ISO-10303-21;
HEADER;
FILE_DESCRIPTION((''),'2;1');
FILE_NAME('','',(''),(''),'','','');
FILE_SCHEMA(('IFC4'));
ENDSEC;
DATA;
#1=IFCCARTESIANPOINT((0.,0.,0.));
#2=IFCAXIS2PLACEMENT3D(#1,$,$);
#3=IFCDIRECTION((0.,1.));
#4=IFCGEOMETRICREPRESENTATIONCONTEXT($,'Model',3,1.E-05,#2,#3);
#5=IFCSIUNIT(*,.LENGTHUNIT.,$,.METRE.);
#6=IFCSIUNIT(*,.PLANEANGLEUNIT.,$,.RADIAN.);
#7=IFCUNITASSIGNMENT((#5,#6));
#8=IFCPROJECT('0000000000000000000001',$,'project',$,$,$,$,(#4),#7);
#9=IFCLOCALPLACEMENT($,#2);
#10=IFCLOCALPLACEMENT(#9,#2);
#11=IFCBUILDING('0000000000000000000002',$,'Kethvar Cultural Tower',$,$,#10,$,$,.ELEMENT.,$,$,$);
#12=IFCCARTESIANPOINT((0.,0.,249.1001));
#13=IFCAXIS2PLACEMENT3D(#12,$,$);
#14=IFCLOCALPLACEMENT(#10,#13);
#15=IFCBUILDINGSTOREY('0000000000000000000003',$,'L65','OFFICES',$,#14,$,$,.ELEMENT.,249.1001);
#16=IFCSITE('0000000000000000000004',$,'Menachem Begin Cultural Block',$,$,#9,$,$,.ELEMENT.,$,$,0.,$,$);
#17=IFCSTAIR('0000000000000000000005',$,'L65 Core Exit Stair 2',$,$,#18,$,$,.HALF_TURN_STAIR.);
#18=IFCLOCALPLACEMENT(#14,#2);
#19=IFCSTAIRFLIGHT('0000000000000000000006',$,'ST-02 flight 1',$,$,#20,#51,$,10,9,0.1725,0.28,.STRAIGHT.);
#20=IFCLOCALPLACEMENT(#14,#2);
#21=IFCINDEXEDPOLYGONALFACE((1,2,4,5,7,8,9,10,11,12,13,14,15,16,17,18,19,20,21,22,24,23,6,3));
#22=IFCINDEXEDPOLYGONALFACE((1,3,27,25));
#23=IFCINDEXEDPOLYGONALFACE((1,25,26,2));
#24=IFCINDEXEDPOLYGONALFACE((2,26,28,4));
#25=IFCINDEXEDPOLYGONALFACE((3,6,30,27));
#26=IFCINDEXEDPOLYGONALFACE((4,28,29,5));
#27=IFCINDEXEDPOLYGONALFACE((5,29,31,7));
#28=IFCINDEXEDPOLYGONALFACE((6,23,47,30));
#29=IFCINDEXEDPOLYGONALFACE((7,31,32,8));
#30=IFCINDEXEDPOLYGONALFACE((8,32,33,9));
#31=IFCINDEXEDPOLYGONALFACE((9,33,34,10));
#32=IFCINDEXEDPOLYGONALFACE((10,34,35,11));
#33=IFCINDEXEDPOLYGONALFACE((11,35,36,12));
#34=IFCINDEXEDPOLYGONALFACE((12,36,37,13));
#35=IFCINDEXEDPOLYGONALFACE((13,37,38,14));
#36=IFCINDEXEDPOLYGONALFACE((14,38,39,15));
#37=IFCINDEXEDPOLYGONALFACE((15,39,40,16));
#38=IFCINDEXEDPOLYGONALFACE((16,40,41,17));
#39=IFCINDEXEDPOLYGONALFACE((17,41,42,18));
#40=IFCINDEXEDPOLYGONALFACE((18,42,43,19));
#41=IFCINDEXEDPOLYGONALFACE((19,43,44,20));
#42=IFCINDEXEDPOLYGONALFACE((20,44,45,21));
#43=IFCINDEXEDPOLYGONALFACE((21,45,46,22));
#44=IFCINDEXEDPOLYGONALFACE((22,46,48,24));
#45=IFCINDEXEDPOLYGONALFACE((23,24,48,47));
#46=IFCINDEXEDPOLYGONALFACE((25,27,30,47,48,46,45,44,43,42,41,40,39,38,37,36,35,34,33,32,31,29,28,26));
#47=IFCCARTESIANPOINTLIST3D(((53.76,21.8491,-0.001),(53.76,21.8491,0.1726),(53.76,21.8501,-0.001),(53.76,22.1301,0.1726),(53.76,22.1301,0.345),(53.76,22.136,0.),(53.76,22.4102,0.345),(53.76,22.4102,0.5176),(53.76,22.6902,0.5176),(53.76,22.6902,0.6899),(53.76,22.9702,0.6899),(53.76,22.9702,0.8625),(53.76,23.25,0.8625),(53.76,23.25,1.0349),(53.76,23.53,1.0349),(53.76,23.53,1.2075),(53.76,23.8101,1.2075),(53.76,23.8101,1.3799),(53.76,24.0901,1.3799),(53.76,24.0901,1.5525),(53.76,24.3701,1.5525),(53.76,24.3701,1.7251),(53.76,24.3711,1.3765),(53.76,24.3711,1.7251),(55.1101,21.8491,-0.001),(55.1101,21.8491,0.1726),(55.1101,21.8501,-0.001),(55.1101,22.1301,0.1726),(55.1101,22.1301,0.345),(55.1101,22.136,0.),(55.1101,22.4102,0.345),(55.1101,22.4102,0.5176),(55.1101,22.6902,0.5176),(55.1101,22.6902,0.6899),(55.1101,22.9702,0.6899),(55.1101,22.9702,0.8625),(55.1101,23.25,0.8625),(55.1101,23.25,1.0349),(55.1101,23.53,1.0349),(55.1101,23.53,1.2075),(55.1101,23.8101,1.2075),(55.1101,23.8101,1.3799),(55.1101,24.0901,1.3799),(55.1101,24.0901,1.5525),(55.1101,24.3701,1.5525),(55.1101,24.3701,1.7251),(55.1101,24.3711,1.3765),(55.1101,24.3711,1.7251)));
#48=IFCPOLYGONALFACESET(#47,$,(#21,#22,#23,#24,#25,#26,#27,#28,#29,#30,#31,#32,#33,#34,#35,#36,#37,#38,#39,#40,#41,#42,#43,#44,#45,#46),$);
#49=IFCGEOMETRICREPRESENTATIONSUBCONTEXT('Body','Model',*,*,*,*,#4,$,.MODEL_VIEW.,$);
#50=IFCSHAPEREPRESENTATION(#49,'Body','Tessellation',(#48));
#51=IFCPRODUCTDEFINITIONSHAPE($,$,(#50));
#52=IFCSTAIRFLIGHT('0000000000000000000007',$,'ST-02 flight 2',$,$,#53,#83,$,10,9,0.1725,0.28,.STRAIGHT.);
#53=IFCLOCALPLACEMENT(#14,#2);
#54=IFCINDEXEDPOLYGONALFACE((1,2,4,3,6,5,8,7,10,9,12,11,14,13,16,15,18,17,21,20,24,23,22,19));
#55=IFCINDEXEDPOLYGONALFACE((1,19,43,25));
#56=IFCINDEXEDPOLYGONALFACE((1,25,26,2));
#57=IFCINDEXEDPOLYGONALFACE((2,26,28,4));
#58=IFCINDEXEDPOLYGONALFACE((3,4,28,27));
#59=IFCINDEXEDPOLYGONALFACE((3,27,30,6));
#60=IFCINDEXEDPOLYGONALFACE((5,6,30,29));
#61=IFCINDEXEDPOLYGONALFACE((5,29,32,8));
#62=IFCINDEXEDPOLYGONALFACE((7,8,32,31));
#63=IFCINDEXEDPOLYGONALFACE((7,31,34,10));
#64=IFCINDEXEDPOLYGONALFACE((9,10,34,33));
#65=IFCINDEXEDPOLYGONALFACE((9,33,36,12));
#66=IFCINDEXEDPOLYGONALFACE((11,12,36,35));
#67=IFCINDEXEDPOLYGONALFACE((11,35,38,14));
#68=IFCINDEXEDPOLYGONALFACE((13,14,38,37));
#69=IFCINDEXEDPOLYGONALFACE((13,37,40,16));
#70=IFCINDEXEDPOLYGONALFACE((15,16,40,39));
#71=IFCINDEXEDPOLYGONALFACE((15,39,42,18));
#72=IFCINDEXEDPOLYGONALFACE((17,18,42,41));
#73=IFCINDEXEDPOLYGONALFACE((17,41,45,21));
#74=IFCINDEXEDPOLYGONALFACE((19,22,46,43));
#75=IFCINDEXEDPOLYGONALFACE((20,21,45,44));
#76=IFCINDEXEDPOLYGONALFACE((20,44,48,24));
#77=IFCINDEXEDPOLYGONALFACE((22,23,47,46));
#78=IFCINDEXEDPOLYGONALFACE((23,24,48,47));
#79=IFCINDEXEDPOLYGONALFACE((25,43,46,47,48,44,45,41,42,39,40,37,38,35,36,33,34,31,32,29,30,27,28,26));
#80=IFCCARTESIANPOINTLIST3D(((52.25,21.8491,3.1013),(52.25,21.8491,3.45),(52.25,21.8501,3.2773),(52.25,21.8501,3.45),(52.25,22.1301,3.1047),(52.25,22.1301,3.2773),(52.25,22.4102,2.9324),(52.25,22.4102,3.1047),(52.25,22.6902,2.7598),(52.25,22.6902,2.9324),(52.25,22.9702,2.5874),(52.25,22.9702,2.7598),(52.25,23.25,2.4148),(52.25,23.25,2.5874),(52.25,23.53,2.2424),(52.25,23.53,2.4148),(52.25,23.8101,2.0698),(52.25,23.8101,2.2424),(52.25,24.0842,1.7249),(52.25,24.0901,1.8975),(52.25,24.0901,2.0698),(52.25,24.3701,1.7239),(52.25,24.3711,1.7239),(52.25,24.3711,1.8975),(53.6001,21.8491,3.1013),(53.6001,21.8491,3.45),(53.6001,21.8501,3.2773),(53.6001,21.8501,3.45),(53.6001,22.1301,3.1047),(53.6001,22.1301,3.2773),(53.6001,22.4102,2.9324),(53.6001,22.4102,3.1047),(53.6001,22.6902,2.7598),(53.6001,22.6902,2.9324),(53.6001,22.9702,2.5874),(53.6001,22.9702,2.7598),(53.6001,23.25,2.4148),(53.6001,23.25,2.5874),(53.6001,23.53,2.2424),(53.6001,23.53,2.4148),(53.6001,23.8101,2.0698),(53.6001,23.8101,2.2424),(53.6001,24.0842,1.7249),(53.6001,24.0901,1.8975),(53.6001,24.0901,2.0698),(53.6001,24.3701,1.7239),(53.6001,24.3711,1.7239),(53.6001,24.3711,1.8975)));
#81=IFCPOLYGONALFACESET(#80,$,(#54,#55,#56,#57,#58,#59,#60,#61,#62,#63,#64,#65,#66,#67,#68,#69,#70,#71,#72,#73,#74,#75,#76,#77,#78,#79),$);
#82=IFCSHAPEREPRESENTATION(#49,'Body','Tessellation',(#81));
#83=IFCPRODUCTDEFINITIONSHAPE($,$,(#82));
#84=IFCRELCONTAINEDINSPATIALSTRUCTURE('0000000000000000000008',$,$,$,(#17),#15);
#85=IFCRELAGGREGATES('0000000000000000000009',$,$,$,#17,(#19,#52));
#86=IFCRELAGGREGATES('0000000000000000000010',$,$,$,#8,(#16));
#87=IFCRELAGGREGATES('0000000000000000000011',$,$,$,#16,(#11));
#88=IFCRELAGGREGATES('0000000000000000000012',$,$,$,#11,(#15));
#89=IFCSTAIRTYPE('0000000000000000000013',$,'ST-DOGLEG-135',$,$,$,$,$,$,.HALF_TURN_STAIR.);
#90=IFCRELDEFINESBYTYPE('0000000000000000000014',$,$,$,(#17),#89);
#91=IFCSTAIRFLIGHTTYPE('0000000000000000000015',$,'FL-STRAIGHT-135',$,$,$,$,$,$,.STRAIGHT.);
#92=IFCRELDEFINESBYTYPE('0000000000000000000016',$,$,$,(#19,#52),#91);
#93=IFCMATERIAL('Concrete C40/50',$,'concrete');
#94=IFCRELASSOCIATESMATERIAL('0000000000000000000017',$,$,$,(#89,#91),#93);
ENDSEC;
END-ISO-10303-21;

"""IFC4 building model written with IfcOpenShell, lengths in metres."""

from ifc_helpers import new_model, si_unit, direction, frame, origin, place, context, subcontext, project, spatial, polyline, outline, extrude, material, type_object, element, aggregate, save


model = new_model("IFC4")

# Units and contexts
model_context = context("Model", 3, precision=1e-05, world=origin(), true_north=direction((0.0, 1.0)))
body_context = subcontext(model_context, "Body", "Model", "MODEL_VIEW")
ifc_project = project(units=[si_unit("LENGTHUNIT", "METRE"), si_unit("PLANEANGLEUNIT", "RADIAN")], contexts=[model_context])

# Site, building, storey
site_placement = place(None, origin())
site = spatial("IfcSite", under=ifc_project, at=site_placement, Name="Menachem Begin Cultural Block", CompositionType="ELEMENT", RefElevation=0.0)
building_placement = place(site_placement, origin())
building = spatial("IfcBuilding", under=site, at=building_placement, Name="Kethvar Cultural Tower", CompositionType="ELEMENT")
storey_placement = place(building_placement, frame((0.0, 0.0, 249.1001)))
storey = spatial("IfcBuildingStorey", under=building, at=storey_placement, Name="L65", Description="OFFICES", CompositionType="ELEMENT", Elevation=249.1001)

# Stair, stair flights
ifc_material_1 = material(Name="Concrete C40/50", Category="concrete")
stair_type = type_object("IfcStairType", Name="ST-DOGLEG-135", PredefinedType="HALF_TURN_STAIR", material=ifc_material_1)
stair_placement = place(storey_placement, origin())
stair = element("IfcStair", 1, at=stair_placement, inside=storey, type_object=stair_type, Name="L65 Core Exit Stair 2", PredefinedType="HALF_TURN_STAIR")
stair_flight_type = type_object("IfcStairFlightType", Name="FL-STRAIGHT-135", PredefinedType="STRAIGHT", material=ifc_material_1)
stair_flight_1_placement = place(storey_placement, frame((54.4351, 21.8501, 0.0), z_axis=(0.0, 0.0, 1.0), x_axis=(0.0, 1.0, 0.0)))
stair_flight_1 = element("IfcStairFlight", 2, at=stair_flight_1_placement, type_object=stair_flight_type, Name="ST-02 flight 1", NumberOfRisers=10, NumberOfTreads=9, PredefinedType="STRAIGHT", RiserHeight=0.1725, TreadLength=0.28, context=body_context, shape_type="SweptSolid", body=[
    extrude(outline(polyline([(-0.001, -0.001), (-0.001, 0.1726), (0.28, 0.1726), (0.28, 0.345), (0.5601, 0.345), (0.5601, 0.5176), (0.8401, 0.5176), (0.8401, 0.6899), (1.1201, 0.6899), (1.1201, 0.8625), (1.3999, 0.8625), (1.3999, 1.0349), (1.6799, 1.0349), (1.6799, 1.2075), (1.96, 1.2075), (1.96, 1.3799), (2.24, 1.3799), (2.24, 1.5525), (2.52, 1.5525), (2.52, 1.7251), (2.521, 1.7251), (2.521, 1.3765), (0.2859, 0.0), (0.0, -0.001), (-0.001, -0.001)])), frame((0.0, 0.675, 0.0), z_axis=(0.0, -1.0, 0.0), x_axis=(1.0, 0.0, 0.0)), (0.0, 0.0, 1.0), 1.3501),
])
stair_flight_2_placement = place(storey_placement, frame((52.925, 24.3701, 1.7249), z_axis=(0.0, 0.0, 1.0), x_axis=(0.0, -1.0, 0.0)))
stair_flight_2 = element("IfcStairFlight", 3, at=stair_flight_2_placement, type_object=stair_flight_type, Name="ST-02 flight 2", NumberOfRisers=10, NumberOfTreads=9, PredefinedType="STRAIGHT", RiserHeight=0.1725, TreadLength=0.28, context=body_context, shape_type="SweptSolid", body=[
    extrude(outline(polyline([(-0.001, -0.001), (-0.001, 0.1726), (0.28, 0.1726), (0.28, 0.345), (0.5601, 0.345), (0.5601, 0.5176), (0.8401, 0.5176), (0.8401, 0.6899), (1.1201, 0.6899), (1.1201, 0.8625), (1.3999, 0.8625), (1.3999, 1.0349), (1.6799, 1.0349), (1.6799, 1.2075), (1.96, 1.2075), (1.96, 1.3799), (2.24, 1.3799), (2.24, 1.5525), (2.52, 1.5525), (2.52, 1.7251), (2.521, 1.7251), (2.521, 1.3765), (0.2859, 0.0), (0.0, -0.001), (-0.001, -0.001)])), frame((0.0, 0.675, 0.0), z_axis=(0.0, -1.0, 0.0), x_axis=(1.0, 0.0, 0.0)), (0.0, 0.0, 1.0), 1.3501),
])
aggregate(stair, [stair_flight_1, stair_flight_2])

save(model, "model.ifc")
